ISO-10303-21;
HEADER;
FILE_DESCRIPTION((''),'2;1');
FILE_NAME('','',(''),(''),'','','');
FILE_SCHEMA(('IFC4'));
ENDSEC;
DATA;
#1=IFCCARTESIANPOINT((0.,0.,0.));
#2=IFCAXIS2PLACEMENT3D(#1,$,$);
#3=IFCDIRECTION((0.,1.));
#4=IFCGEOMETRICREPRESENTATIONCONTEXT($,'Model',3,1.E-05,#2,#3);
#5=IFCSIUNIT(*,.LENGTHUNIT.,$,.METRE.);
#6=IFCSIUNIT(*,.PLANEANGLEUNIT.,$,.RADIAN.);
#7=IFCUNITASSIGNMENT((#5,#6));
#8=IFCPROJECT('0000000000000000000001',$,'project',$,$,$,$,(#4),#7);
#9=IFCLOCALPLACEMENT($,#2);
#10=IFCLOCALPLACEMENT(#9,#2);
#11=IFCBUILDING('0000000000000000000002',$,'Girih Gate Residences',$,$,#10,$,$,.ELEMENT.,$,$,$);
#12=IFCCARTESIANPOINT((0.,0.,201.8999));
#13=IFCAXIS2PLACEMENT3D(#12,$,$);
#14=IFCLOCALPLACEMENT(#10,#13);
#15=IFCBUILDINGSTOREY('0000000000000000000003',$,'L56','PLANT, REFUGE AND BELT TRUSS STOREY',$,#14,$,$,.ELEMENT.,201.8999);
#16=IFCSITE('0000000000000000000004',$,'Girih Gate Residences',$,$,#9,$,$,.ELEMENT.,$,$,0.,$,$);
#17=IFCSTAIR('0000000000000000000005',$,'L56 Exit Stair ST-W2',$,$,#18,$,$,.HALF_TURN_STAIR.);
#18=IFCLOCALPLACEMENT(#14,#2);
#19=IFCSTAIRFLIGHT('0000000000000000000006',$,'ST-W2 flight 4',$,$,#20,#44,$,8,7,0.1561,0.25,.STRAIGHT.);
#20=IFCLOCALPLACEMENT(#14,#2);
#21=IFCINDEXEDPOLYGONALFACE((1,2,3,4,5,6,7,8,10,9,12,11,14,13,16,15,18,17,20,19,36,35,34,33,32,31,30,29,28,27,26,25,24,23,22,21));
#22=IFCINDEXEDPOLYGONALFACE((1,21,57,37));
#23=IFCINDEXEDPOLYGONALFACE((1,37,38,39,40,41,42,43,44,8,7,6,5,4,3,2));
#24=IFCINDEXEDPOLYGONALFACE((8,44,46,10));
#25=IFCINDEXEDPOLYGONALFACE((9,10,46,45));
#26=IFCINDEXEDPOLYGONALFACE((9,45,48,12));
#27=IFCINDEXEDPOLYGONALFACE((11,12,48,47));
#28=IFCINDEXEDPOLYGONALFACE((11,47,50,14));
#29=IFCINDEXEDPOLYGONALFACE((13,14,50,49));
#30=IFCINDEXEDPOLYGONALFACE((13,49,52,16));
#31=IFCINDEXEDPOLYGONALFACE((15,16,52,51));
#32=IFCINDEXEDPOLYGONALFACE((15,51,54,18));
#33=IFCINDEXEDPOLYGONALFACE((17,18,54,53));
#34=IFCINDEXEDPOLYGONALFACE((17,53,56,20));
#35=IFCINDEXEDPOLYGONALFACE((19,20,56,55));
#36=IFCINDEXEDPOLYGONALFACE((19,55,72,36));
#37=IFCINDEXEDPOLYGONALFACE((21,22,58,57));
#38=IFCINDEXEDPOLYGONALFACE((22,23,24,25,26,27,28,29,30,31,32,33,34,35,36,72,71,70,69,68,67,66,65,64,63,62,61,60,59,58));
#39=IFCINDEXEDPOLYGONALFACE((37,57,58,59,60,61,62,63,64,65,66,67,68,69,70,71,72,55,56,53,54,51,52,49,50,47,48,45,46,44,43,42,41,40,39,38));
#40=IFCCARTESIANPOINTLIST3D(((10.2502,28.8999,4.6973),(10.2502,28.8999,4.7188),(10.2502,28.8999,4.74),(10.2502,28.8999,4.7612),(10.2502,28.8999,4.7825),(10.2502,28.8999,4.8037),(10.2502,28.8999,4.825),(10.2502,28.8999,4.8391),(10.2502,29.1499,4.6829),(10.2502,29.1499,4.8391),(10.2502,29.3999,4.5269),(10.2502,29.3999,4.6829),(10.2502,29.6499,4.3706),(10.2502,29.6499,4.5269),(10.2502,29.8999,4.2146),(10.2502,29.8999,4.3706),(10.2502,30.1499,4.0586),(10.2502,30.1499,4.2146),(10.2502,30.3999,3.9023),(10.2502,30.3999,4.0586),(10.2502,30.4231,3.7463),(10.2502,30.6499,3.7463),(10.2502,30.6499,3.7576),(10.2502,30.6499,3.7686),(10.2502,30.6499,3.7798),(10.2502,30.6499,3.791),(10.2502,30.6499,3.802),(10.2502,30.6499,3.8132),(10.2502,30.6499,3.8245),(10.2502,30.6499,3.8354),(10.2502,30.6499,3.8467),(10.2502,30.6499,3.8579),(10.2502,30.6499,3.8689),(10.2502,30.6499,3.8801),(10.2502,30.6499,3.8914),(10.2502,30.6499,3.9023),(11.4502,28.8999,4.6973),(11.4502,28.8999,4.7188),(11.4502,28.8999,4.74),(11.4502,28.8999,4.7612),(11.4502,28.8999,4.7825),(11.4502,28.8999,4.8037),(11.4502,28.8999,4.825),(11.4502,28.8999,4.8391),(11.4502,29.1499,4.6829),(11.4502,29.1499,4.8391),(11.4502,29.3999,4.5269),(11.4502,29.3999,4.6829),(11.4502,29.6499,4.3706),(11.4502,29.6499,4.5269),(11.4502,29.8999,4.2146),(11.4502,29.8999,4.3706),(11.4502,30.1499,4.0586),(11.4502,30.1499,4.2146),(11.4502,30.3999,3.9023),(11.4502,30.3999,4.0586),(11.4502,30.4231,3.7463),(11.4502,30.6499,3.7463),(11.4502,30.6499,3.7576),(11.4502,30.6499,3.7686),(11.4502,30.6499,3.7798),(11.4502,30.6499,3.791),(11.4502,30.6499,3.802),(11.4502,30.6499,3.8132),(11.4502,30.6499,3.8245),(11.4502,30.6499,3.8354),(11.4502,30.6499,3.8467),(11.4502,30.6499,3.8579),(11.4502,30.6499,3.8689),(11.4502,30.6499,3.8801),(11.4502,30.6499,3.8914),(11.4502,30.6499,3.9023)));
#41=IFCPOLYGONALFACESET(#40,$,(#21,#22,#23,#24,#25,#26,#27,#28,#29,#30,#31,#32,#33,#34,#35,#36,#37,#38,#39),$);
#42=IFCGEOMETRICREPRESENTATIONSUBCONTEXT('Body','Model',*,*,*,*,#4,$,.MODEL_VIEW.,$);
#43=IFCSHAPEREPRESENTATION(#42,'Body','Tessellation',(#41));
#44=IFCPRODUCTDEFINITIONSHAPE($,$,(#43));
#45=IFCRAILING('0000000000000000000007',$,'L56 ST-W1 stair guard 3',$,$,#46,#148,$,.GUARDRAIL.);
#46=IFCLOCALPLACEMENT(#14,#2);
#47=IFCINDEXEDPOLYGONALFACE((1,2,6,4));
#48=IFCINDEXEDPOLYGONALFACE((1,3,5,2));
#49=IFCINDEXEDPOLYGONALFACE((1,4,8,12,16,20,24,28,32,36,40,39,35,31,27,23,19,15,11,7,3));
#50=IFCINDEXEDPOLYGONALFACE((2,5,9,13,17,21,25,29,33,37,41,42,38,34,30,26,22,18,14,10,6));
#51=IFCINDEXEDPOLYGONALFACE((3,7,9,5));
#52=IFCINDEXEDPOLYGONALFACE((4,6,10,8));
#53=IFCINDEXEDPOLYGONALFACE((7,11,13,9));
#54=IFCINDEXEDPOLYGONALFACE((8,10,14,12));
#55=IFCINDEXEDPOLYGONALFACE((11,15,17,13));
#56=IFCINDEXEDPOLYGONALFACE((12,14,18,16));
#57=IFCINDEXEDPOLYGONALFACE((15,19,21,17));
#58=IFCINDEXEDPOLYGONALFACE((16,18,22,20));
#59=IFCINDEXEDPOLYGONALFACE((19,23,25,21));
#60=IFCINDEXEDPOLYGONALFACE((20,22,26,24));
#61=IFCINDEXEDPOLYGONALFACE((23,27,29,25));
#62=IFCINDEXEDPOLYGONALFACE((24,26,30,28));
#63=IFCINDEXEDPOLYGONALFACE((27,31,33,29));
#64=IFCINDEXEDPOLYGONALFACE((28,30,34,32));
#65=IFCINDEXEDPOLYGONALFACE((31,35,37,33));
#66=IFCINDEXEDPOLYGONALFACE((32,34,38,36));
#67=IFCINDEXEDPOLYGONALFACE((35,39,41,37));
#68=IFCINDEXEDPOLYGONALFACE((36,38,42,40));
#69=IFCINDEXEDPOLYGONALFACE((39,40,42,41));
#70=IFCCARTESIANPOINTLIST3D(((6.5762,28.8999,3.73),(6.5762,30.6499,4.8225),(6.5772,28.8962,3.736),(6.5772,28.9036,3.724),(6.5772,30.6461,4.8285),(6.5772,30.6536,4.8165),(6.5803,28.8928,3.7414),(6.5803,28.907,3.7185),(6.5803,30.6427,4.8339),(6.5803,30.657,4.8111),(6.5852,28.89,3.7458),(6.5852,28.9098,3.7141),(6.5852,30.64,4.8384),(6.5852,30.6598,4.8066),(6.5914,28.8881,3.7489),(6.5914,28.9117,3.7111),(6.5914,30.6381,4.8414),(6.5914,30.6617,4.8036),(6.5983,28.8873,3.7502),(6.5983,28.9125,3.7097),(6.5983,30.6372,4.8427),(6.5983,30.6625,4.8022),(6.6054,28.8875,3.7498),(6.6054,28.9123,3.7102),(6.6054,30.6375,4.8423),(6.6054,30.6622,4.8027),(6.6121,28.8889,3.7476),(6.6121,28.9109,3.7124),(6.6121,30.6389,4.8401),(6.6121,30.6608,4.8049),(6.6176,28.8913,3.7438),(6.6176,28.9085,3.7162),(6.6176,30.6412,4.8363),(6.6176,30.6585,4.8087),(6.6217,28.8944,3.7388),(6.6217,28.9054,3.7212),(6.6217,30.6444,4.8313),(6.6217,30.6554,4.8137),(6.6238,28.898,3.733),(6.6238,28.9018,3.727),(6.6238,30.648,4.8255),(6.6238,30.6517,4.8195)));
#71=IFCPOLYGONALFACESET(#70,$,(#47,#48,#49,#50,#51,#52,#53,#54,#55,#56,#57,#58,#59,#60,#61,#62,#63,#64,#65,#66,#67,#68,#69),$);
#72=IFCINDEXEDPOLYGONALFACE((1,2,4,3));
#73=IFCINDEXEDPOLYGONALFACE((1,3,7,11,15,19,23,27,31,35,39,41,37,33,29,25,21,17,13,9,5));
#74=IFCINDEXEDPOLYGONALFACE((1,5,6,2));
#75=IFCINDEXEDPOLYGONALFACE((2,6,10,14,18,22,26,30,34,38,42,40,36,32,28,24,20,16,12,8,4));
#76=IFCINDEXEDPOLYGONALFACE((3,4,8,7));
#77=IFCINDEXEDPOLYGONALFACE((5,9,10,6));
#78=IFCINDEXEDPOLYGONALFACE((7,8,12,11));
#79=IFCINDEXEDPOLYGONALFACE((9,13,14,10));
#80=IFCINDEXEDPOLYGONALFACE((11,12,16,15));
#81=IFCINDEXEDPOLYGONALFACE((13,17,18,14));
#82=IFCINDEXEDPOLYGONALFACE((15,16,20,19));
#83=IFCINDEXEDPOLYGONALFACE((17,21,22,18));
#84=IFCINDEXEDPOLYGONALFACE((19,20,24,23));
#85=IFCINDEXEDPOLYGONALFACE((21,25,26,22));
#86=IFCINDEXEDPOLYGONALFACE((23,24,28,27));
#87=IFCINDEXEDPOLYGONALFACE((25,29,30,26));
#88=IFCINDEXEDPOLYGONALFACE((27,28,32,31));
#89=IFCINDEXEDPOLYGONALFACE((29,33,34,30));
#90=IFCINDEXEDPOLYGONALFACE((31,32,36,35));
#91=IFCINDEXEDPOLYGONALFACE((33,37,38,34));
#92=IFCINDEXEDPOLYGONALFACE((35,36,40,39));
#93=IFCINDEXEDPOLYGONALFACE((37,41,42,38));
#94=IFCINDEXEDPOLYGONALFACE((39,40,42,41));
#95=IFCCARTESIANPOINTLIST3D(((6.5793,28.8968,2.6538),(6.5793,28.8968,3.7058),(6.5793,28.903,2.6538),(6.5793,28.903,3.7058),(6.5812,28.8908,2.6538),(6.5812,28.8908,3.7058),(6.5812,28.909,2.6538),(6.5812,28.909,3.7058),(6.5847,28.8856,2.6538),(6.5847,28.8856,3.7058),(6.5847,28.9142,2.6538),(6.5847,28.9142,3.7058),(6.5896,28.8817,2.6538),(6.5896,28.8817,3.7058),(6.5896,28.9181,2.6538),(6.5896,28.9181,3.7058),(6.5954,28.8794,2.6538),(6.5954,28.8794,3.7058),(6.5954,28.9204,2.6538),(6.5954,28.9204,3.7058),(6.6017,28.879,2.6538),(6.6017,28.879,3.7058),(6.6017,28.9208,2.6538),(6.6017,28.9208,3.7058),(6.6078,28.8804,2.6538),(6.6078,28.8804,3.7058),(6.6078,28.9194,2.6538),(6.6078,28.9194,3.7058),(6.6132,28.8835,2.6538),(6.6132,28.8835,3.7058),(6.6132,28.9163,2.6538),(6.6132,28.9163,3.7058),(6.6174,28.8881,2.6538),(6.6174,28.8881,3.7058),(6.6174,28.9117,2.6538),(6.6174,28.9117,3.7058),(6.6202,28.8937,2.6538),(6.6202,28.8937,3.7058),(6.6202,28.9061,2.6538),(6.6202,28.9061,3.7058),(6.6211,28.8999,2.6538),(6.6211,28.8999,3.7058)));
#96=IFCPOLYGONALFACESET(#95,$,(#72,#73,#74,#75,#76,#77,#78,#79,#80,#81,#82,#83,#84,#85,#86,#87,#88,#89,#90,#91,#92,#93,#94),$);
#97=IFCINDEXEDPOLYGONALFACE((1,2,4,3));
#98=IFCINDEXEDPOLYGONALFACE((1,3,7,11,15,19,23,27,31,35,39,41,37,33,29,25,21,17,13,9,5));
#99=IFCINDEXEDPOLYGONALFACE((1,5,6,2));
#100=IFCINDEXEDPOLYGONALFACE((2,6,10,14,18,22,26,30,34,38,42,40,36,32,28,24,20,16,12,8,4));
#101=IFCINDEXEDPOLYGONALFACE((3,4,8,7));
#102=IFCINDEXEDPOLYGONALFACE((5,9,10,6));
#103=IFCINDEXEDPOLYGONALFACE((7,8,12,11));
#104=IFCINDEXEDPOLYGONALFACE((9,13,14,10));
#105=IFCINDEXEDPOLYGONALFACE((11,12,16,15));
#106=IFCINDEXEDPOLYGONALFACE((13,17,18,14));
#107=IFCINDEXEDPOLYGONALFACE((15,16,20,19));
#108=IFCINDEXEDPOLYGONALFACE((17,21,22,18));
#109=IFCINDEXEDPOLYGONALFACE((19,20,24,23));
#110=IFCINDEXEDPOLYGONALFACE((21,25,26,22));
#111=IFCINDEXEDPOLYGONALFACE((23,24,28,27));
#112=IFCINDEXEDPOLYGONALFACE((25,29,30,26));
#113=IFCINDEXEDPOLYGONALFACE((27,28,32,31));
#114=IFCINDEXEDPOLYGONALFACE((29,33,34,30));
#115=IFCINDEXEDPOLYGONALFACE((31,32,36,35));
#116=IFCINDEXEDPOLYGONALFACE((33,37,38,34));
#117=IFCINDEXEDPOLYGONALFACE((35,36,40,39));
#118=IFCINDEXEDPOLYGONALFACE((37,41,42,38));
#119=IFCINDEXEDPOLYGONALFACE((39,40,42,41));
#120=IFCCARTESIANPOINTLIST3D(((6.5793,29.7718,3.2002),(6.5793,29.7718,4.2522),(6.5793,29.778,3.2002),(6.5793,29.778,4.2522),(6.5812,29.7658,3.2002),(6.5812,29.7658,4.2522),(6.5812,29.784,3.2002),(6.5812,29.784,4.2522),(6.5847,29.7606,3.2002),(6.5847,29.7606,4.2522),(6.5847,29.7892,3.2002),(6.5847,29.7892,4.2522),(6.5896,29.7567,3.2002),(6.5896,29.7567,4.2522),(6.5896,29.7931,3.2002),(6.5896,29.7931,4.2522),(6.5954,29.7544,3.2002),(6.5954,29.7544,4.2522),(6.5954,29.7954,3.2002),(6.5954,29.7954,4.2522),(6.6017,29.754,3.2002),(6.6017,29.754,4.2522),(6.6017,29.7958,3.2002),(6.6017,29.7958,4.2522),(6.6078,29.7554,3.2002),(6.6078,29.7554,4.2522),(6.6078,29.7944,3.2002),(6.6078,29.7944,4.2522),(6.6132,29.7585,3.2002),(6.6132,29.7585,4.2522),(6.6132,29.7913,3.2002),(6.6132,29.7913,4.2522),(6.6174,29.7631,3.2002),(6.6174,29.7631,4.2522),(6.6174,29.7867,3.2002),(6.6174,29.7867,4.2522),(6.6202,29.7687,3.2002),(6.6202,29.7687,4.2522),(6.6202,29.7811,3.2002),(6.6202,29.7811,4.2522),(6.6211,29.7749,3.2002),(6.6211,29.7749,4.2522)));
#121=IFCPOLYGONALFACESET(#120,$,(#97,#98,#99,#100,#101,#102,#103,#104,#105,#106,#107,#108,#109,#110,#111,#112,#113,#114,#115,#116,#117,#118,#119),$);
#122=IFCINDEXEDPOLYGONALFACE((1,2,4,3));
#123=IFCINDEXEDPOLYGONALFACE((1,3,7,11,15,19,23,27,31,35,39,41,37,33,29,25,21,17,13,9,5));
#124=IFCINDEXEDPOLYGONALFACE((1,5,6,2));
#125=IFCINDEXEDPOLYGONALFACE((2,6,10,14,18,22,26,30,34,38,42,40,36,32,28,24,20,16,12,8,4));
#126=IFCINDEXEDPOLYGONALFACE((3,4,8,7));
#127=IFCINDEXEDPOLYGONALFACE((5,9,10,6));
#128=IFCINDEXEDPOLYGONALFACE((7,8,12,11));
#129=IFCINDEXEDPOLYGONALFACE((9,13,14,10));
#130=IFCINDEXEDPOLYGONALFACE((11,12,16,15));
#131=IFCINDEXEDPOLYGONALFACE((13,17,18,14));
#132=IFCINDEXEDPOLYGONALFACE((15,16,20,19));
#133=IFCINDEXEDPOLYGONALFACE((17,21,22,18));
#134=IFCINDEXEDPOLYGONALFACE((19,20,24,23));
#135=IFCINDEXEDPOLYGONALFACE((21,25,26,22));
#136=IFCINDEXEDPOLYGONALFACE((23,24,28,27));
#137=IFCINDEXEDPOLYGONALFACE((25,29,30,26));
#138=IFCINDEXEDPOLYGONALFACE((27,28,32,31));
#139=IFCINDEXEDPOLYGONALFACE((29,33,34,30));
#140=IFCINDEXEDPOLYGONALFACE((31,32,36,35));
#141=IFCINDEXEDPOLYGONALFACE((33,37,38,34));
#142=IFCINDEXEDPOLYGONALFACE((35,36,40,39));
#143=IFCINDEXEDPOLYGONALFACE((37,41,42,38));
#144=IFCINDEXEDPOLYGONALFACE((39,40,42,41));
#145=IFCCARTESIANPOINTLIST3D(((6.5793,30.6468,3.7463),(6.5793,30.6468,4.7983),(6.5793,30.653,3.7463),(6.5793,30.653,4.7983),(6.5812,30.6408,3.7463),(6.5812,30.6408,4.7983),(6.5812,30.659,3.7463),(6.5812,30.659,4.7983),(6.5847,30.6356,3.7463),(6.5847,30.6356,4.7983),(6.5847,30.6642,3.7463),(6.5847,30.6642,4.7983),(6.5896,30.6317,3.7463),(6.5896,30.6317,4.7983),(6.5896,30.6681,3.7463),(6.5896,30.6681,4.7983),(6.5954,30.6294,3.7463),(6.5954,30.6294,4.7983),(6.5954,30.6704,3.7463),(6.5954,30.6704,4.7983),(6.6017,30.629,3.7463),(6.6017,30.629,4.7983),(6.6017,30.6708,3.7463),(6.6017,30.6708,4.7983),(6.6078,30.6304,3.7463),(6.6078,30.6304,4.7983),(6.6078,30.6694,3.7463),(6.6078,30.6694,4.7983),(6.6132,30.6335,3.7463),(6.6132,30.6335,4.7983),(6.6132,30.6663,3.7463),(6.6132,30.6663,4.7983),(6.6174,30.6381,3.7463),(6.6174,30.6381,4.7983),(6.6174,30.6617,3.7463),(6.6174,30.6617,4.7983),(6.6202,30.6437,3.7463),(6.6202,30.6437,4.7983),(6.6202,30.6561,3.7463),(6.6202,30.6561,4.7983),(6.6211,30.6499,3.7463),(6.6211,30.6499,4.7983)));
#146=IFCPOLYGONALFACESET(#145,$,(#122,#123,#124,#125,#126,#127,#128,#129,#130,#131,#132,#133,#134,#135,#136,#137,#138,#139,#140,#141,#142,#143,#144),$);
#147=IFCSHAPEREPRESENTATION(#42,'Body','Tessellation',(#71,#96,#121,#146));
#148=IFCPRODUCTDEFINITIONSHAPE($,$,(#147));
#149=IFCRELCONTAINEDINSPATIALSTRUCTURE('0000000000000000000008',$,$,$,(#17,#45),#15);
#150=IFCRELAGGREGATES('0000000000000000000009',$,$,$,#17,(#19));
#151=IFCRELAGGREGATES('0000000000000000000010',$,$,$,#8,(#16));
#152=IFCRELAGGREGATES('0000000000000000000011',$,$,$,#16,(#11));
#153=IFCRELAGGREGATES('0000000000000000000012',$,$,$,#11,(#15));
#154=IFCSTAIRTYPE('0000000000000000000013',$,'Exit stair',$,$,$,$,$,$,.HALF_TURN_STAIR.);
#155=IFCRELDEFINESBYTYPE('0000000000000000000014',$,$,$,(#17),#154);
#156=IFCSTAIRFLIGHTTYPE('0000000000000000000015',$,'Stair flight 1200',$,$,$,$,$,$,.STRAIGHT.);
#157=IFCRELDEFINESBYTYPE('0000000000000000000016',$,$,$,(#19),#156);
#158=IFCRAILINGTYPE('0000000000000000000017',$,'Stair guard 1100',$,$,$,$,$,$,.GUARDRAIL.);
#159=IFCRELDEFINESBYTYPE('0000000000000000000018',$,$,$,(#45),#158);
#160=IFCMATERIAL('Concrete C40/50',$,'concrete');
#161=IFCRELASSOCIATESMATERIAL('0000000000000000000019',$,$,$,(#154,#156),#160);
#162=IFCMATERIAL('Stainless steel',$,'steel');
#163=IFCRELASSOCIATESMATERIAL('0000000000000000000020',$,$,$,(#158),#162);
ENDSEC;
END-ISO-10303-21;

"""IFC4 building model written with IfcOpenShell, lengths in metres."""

from ifc_helpers import new_model, si_unit, direction, frame, origin, origin_2d, place, context, subcontext, project, spatial, polyline, circle, outline, extrude, material, type_object, element, aggregate, save


model = new_model("IFC4")

# Units and contexts
model_context = context("Model", 3, precision=1e-05, world=origin(), true_north=direction((0.0, 1.0)))
body_context = subcontext(model_context, "Body", "Model", "MODEL_VIEW")
ifc_project = project(units=[si_unit("LENGTHUNIT", "METRE"), si_unit("PLANEANGLEUNIT", "RADIAN")], contexts=[model_context])

# Site, building, storey
site_placement = place(None, origin())
site = spatial("IfcSite", under=ifc_project, at=site_placement, Name="Girih Gate Residences", CompositionType="ELEMENT", RefElevation=0.0)
building_placement = place(site_placement, origin())
building = spatial("IfcBuilding", under=site, at=building_placement, Name="Girih Gate Residences", CompositionType="ELEMENT")
storey_placement = place(building_placement, frame((0.0, 0.0, 201.8999)))
storey = spatial("IfcBuildingStorey", under=building, at=storey_placement, Name="L56", Description="PLANT, REFUGE AND BELT TRUSS STOREY", CompositionType="ELEMENT", Elevation=201.8999)

# Shared definitions
ifc_material_1 = material(Name="Concrete C40/50", Category="concrete")

# Stair, stair flight
stair_type = type_object("IfcStairType", Name="Exit stair", PredefinedType="HALF_TURN_STAIR", material=ifc_material_1)
stair_flight_type = type_object("IfcStairFlightType", Name="Stair flight 1200", PredefinedType="STRAIGHT", material=ifc_material_1)
stair_1_placement = place(storey_placement, origin())
stair_1 = element("IfcStair", 1, at=stair_1_placement, inside=storey, type_object=stair_type, Name="L56 Exit Stair ST-W2", PredefinedType="HALF_TURN_STAIR")
stair_flight_1_placement = place(storey_placement, frame((10.8501, 30.6499, 3.7463), z_axis=(0.0, 0.0, 1.0), x_axis=(0.0, -1.0, 0.0)))
stair_flight_1 = element("IfcStairFlight", 2, at=stair_flight_1_placement, type_object=stair_flight_type, Name="ST-W2 flight 4", NumberOfRisers=8, NumberOfTreads=7, PredefinedType="STRAIGHT", RiserHeight=0.1561, TreadLength=0.25, context=body_context, shape_type="SweptSolid", body=[
    extrude(outline(polyline([(0.0, 0.0), (0.0, 0.0112), (0.0, 0.0222), (0.0, 0.0334), (0.0, 0.0447), (0.0, 0.0557), (0.0, 0.0669), (0.0, 0.0781), (0.0, 0.0891), (0.0, 0.1003), (0.0, 0.1116), (0.0, 0.1226), (0.0, 0.1338), (0.0, 0.145), (0.0, 0.156), (0.25, 0.156), (0.25, 0.3123), (0.5, 0.3123), (0.5, 0.4683), (0.75, 0.4683), (0.75, 0.6243), (1.0, 0.6243), (1.0, 0.7805), (1.25, 0.7805), (1.25, 0.9365), (1.5, 0.9365), (1.5, 1.0928), (1.75, 1.0928), (1.75, 1.1038), (1.75, 1.115), (1.75, 1.1262), (1.75, 1.1372), (1.75, 1.1484), (1.75, 1.1597), (1.75, 1.1707), (1.75, 1.1819), (1.75, 1.1931), (1.75, 1.2041), (1.75, 1.2153), (1.75, 1.2266), (1.75, 1.2375), (1.75, 1.2488), (1.75, 1.2275), (1.75, 1.2063), (1.75, 1.1851), (1.75, 1.1636), (1.75, 1.1423), (1.75, 1.1211), (1.75, 1.0999), (1.75, 1.0786), (1.75, 1.0574), (1.75, 1.0361), (1.75, 1.0149), (1.75, 0.9937), (1.75, 0.9724), (1.75, 0.9509), (0.2268, 0.0), (0.0, 0.0)])), frame((0.0, 0.6001, 0.0), z_axis=(0.0, -1.0, 0.0), x_axis=(1.0, 0.0, 0.0)), (0.0, 0.0, 1.0), 1.2),
])
aggregate(stair_1, [stair_flight_1])

# Railing
ifc_material_2 = material(Name="Stainless steel", Category="steel")
railing_type_1 = type_object("IfcRailingType", Name="Stair guard 1100", PredefinedType="GUARDRAIL", material=ifc_material_2)
for number, where, name in (
    (3, (6.6001, 28.8999, 2.6538), "L56 ST-W1 stair guard 3"),
):
    element("IfcRailing", number, at=place(storey_placement, frame(where)), inside=storey, type_object=railing_type_1, Name=name, PredefinedType="GUARDRAIL", context=body_context, shape_type="SweptSolid", body=[
        extrude(circle(Radius=0.0239, at=origin_2d()), frame((0.0, 0.0, 1.0762), z_axis=(0.0, 0.848264, 0.529573), x_axis=(-1.0, 0.0, 0.0)), (0.0, 0.0, 1.0), 2.063),
        extrude(circle(Radius=0.021, at=origin_2d()), origin(), (0.0, 0.0, 1.0), 1.052),
        extrude(circle(Radius=0.021, at=origin_2d()), frame((0.0, 0.875, 0.5464)), (0.0, 0.0, 1.0), 1.052),
        extrude(circle(Radius=0.021, at=origin_2d()), frame((0.0, 1.75, 1.0925)), (0.0, 0.0, 1.0), 1.052),
    ])

save(model, "model.ifc")
